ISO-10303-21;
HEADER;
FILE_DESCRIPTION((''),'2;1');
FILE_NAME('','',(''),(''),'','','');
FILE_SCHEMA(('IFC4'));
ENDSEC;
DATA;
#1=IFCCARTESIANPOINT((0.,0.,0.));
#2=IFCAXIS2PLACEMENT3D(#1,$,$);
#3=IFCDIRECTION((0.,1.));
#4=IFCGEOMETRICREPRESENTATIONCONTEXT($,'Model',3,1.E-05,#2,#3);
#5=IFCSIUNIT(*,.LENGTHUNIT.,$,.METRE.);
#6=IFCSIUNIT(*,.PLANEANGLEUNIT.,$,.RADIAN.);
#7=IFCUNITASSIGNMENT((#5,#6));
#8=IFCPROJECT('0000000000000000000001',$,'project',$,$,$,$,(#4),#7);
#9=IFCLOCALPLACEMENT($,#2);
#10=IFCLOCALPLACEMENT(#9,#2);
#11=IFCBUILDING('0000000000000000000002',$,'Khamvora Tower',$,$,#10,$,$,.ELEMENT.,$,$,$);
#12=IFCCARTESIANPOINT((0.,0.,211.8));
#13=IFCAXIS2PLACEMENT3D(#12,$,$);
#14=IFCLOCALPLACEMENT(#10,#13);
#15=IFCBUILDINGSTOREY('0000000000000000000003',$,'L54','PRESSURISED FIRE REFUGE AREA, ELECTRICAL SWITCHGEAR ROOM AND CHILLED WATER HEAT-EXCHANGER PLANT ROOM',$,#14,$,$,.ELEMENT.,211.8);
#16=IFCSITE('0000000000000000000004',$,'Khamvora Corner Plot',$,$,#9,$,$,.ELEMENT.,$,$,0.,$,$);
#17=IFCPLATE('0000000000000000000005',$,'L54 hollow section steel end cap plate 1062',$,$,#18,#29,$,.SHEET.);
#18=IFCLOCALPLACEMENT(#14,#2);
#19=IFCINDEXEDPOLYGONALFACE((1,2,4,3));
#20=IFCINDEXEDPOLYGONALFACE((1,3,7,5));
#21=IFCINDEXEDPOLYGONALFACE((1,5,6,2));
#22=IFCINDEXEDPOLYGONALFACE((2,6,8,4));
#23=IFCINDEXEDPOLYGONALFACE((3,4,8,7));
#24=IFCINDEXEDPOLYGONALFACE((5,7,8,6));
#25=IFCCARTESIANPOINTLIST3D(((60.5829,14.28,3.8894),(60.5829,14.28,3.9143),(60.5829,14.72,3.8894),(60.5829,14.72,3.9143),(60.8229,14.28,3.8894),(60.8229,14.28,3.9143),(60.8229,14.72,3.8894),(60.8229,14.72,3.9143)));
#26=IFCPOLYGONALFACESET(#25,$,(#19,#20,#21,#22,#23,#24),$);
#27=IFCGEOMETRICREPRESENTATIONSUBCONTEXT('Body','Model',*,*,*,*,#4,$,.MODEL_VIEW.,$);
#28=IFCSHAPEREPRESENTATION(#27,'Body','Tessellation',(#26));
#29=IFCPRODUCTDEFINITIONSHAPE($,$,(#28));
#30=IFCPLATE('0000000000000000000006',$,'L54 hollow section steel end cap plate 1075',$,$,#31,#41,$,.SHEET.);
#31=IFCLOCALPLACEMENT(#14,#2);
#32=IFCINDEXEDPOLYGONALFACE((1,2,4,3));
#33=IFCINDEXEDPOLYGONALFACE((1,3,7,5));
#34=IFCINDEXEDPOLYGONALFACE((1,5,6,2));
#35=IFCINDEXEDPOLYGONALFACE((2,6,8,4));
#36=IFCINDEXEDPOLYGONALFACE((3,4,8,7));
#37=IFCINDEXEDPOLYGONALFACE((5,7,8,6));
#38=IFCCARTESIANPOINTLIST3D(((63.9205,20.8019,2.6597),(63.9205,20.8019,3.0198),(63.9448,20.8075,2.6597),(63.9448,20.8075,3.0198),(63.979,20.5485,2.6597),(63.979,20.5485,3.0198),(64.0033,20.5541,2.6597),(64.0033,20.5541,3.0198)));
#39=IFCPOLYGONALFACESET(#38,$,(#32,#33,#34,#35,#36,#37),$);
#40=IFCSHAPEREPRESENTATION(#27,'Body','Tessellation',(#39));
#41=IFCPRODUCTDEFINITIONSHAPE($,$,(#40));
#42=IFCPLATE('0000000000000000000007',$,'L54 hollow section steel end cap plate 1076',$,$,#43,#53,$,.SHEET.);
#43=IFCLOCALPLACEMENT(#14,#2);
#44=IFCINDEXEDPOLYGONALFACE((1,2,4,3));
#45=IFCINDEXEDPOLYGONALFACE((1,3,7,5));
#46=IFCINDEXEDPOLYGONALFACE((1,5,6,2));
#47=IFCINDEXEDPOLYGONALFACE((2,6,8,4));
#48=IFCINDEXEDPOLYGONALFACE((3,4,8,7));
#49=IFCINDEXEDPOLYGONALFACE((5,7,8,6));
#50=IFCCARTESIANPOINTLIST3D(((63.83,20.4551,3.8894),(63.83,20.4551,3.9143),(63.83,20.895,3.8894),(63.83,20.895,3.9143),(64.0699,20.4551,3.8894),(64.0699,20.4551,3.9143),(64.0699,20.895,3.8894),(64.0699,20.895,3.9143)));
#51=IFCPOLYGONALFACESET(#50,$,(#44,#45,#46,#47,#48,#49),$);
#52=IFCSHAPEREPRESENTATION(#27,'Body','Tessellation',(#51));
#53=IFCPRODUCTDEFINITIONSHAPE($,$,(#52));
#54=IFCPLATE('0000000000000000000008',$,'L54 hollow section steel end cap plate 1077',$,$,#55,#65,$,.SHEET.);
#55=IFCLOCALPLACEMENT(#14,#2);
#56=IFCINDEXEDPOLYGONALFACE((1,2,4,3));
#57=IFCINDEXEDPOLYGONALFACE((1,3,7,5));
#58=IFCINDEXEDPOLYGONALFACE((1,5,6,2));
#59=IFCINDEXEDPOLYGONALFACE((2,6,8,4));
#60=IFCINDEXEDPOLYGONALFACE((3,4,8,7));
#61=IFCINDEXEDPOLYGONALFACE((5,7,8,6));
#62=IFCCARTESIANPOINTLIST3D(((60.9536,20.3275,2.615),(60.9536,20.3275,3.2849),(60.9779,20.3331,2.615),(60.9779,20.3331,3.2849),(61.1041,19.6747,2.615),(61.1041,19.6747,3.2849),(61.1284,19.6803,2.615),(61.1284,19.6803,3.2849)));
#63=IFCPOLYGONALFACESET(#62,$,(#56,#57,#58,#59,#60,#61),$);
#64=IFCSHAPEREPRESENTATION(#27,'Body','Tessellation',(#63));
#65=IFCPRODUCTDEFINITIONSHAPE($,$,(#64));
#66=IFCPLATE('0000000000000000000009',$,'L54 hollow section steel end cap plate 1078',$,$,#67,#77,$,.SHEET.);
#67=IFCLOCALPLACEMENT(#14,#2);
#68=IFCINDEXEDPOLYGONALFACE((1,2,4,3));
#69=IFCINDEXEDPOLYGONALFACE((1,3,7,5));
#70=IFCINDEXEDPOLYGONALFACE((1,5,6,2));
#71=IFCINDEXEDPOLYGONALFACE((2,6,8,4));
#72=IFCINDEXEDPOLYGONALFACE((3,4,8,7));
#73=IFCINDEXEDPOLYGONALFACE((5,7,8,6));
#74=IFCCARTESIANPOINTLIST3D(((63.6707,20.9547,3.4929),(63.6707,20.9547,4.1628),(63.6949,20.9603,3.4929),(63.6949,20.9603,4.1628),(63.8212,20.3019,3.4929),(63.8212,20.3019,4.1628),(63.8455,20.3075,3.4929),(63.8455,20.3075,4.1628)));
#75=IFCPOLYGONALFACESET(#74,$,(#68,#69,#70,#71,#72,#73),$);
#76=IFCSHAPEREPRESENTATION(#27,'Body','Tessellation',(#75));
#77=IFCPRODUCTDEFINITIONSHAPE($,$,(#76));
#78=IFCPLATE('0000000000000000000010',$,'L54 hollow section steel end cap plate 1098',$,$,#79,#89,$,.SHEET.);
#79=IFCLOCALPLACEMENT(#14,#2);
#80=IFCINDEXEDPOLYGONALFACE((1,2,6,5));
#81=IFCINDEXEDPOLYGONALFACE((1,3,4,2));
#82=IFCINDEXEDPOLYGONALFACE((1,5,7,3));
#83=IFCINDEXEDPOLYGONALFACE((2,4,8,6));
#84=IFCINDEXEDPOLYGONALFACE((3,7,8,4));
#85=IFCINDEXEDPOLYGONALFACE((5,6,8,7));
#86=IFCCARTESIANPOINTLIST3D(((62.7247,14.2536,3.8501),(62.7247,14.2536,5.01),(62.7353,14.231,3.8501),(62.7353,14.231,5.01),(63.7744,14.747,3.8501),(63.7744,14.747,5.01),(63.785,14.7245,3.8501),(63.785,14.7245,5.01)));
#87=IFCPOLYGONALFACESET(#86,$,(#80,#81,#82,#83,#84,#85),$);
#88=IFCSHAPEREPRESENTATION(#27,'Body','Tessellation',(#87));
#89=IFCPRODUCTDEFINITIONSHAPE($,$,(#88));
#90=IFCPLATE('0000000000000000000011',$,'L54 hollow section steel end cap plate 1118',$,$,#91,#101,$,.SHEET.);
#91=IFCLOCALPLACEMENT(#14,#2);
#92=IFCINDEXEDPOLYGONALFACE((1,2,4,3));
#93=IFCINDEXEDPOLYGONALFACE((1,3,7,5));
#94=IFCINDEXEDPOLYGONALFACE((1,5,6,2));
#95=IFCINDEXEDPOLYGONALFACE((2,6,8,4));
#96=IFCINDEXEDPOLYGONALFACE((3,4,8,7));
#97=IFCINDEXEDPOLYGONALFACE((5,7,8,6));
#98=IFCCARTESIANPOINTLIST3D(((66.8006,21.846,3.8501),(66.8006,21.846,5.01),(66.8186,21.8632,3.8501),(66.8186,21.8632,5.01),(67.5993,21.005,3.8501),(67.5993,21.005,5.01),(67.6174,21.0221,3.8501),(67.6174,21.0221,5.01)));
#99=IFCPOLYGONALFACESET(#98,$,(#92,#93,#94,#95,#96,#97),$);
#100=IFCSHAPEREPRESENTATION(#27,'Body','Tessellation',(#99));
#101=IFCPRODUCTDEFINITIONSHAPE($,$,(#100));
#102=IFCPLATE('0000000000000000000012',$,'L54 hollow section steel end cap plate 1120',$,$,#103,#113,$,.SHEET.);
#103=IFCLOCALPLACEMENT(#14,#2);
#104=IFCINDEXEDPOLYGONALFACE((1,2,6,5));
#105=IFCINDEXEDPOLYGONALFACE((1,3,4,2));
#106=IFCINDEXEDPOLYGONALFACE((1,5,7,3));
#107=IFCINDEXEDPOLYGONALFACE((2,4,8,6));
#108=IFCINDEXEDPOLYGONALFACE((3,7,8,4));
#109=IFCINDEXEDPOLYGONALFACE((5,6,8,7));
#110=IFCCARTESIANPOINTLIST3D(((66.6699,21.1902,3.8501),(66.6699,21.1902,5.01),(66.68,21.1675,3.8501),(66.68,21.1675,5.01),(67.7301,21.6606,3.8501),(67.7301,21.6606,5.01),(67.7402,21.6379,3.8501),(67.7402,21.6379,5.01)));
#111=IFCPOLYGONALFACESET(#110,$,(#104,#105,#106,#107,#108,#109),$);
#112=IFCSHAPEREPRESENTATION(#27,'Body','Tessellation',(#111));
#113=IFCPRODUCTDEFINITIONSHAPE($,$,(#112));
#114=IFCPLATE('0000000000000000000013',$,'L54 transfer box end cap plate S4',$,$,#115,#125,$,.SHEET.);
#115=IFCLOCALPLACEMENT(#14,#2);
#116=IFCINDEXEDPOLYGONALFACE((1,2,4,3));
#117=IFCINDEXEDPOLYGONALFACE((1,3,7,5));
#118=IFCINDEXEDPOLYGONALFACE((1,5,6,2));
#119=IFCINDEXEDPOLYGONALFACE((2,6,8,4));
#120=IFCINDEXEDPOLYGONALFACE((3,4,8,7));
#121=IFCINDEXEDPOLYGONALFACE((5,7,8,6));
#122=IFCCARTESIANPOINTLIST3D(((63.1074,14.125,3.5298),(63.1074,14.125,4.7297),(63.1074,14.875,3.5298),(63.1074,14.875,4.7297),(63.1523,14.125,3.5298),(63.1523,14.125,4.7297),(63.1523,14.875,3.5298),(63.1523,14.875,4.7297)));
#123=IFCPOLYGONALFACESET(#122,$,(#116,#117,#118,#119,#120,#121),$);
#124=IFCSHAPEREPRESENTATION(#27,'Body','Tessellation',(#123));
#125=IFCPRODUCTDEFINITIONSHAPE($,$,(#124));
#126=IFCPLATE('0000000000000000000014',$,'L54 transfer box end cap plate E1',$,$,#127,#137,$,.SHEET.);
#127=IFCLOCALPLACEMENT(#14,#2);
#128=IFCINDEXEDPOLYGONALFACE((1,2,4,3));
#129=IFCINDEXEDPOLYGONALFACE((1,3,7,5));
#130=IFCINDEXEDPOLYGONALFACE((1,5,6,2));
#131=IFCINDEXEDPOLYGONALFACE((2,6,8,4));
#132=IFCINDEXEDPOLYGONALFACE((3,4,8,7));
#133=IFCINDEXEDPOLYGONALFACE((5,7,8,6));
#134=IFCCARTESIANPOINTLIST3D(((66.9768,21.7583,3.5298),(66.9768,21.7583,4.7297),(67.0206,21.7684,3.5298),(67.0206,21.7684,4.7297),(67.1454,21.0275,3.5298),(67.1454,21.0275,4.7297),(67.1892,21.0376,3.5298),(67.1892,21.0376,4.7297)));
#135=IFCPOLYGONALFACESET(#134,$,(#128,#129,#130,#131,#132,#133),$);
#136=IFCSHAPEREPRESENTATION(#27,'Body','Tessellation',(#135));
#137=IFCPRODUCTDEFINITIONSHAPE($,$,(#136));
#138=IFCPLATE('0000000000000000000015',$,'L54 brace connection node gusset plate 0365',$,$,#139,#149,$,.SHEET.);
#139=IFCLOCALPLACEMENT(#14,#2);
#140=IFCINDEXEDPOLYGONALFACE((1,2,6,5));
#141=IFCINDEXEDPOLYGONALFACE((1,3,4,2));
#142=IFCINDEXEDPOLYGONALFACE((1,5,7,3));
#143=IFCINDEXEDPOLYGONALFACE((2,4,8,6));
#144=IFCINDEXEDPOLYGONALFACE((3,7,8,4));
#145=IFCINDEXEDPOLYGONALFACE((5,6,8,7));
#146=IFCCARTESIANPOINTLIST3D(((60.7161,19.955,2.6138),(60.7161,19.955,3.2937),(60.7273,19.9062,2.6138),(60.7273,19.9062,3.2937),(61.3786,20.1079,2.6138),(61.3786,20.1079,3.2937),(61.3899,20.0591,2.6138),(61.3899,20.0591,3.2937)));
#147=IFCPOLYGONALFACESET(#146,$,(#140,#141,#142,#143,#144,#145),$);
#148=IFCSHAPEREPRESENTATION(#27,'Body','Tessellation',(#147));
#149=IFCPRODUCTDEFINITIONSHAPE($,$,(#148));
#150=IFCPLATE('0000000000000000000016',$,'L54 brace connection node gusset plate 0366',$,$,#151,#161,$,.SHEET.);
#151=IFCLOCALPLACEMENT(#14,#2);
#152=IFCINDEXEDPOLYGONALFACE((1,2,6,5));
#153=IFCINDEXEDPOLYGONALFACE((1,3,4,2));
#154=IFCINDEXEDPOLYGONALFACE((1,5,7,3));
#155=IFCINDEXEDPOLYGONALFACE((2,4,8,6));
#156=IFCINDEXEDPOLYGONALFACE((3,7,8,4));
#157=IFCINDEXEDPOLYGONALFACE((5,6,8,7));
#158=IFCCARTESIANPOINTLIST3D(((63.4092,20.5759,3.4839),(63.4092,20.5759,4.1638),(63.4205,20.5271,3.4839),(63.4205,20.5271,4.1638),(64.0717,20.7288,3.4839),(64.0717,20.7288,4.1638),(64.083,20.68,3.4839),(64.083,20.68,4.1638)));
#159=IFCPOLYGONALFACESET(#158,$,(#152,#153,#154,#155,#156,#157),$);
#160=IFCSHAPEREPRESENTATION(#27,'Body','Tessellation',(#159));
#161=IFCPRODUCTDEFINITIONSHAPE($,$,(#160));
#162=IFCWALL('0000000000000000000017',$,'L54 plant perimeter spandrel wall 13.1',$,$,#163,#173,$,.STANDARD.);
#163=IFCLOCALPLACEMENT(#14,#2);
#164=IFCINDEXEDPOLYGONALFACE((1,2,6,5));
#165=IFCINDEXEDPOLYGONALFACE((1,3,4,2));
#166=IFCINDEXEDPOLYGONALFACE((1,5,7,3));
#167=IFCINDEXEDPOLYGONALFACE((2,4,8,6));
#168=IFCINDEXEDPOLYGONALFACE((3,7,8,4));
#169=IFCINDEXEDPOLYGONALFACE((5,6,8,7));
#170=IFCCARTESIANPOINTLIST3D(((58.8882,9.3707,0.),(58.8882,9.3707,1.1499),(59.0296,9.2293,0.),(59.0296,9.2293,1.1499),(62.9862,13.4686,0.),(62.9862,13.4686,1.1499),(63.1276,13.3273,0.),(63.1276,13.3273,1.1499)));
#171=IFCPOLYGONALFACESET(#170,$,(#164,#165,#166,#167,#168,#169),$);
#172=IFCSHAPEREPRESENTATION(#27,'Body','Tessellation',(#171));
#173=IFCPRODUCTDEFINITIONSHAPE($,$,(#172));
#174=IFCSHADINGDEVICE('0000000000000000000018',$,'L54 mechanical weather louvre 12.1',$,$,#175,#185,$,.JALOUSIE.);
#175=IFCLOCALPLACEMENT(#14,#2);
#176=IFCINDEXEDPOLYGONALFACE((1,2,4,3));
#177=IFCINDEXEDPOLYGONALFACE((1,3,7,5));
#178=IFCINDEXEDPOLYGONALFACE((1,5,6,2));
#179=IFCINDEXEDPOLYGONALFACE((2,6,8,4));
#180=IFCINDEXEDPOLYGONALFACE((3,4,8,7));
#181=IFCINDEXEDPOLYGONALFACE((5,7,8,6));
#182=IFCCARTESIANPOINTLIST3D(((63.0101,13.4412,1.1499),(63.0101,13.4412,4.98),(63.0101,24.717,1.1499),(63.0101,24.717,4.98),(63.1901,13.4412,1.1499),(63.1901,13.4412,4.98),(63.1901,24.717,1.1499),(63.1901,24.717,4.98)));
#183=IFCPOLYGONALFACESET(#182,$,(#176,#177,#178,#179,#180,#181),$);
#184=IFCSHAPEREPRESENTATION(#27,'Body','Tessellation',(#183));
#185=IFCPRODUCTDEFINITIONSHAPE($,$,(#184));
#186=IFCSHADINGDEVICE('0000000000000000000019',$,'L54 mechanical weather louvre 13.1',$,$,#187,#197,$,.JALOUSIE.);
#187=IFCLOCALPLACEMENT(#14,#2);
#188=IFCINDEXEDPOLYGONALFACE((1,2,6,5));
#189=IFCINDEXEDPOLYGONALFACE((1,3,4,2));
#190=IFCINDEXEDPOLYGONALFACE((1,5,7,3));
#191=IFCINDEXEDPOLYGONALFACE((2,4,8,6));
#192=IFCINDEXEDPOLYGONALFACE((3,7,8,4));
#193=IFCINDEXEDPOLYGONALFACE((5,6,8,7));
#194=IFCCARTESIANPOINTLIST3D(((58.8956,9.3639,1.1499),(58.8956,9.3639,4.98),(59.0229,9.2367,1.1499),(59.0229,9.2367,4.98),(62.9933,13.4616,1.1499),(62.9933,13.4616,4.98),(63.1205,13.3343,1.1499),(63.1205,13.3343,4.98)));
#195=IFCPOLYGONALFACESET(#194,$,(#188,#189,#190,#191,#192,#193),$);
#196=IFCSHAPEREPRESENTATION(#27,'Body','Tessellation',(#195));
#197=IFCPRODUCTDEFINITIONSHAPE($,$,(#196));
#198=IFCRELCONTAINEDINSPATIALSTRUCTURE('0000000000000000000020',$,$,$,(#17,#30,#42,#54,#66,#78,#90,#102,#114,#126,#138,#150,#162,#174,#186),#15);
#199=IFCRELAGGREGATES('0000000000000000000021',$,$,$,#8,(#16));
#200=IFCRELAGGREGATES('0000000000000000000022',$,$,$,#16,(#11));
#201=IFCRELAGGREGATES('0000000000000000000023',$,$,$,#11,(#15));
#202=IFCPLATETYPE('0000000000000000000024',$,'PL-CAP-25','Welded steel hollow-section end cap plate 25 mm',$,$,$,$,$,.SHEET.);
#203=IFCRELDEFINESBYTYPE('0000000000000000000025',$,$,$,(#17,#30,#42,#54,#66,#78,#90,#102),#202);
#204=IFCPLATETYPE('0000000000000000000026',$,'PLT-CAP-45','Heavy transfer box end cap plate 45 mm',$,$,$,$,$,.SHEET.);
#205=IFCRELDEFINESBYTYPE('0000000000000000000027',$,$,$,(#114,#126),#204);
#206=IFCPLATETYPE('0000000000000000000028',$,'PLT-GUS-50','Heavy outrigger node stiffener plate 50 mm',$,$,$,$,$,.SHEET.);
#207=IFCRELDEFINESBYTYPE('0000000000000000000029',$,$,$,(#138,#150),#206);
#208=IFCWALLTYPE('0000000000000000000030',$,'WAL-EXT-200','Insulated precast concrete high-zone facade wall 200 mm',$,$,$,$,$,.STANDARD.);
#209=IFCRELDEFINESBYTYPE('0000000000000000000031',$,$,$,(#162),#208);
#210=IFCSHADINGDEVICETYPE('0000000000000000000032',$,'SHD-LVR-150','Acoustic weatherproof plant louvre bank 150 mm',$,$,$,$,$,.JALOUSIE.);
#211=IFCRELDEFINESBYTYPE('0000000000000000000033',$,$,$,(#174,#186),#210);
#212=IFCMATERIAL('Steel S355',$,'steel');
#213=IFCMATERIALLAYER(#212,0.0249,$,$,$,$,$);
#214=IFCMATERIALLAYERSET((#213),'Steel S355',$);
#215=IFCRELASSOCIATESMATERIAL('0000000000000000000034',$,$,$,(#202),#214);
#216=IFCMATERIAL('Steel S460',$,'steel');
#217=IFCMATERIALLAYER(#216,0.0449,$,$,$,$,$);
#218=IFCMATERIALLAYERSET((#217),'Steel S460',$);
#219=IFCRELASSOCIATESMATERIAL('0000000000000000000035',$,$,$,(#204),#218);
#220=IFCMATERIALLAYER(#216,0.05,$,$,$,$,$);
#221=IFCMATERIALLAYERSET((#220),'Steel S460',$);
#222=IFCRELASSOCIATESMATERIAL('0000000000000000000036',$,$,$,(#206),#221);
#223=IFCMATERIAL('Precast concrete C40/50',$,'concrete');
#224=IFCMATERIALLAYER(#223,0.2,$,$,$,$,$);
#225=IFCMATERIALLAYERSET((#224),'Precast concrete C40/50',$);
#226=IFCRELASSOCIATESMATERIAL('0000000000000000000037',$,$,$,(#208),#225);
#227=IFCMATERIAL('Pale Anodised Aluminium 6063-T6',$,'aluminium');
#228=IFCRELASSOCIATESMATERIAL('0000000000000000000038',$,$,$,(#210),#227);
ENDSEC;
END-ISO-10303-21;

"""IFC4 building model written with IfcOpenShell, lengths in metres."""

from ifc_helpers import new_model, si_unit, direction, frame, frame_2d, origin, origin_2d, place, context, subcontext, project, spatial, rectangle, extrude, material, layer, layer_set, type_object, element, save


model = new_model("IFC4")

# Units and contexts
model_context = context("Model", 3, precision=1e-05, world=origin(), true_north=direction((0.0, 1.0)))
body_context = subcontext(model_context, "Body", "Model", "MODEL_VIEW")
ifc_project = project(units=[si_unit("LENGTHUNIT", "METRE"), si_unit("PLANEANGLEUNIT", "RADIAN")], contexts=[model_context])

# Site, building, storey
site_placement = place(None, origin())
site = spatial("IfcSite", under=ifc_project, at=site_placement, Name="Khamvora Corner Plot", CompositionType="ELEMENT", RefElevation=0.0)
building_placement = place(site_placement, origin())
building = spatial("IfcBuilding", under=site, at=building_placement, Name="Khamvora Tower", CompositionType="ELEMENT")
storey_placement = place(building_placement, frame((0.0, 0.0, 211.8)))
storey = spatial("IfcBuildingStorey", under=building, at=storey_placement, Name="L54", Description="PRESSURISED FIRE REFUGE AREA, ELECTRICAL SWITCHGEAR ROOM AND CHILLED WATER HEAT-EXCHANGER PLANT ROOM", CompositionType="ELEMENT", Elevation=211.8)

# Shared definitions
ifc_material_1 = material(Name="Steel S355", Category="steel")
ifc_material_2 = material(Name="Steel S460", Category="steel")

# Plates
ifc_layer_1 = layer(ifc_material_1, 0.0249)
ifc_layer_set_1 = layer_set([ifc_layer_1], Name="Steel S355")
plate_type_1 = type_object("IfcPlateType", Name="PL-CAP-25", Description="Welded steel hollow-section end cap plate 25 mm", PredefinedType="SHEET", material=ifc_layer_set_1)
plate_1_placement = place(storey_placement, frame((60.7029, 14.5, 3.8894), z_axis=(0.0, 0.0, 1.0), x_axis=(1.0, 0.0, 0.0)))
element("IfcPlate", 1, at=plate_1_placement, inside=storey, type_object=plate_type_1, Name="L54 hollow section steel end cap plate 1062", PredefinedType="SHEET", context=body_context, shape_type="SweptSolid", body=[
    extrude(rectangle(XDim=0.24, YDim=0.4399, at=origin_2d()), origin(), (0.0, 0.0, 1.0), 0.0249),
])
plate_2_placement = place(storey_placement, frame((63.9619, 20.678, 2.6597), z_axis=(0.0, 0.0, 1.0), x_axis=(0.97439, 0.224866, 0.0)))
element("IfcPlate", 2, at=plate_2_placement, inside=storey, type_object=plate_type_1, Name="L54 hollow section steel end cap plate 1075", PredefinedType="SHEET", context=body_context, shape_type="SweptSolid", body=[
    extrude(rectangle(XDim=0.0249, YDim=0.26, at=origin_2d()), origin(), (0.0, 0.0, 1.0), 0.3601),
])
plate_3_placement = place(storey_placement, frame((63.95, 20.675, 3.8894), z_axis=(0.0, 0.0, 1.0), x_axis=(1.0, 0.0, 0.0)))
element("IfcPlate", 3, at=plate_3_placement, inside=storey, type_object=plate_type_1, Name="L54 hollow section steel end cap plate 1076", PredefinedType="SHEET", context=body_context, shape_type="SweptSolid", body=[
    extrude(rectangle(XDim=0.24, YDim=0.4399, at=origin_2d()), origin(), (0.0, 0.0, 1.0), 0.0249),
])
for number, where, z_axis, x_axis, name in (
    (4, (61.041, 20.0039, 2.615), (0.0, 0.0, 1.0), (0.974429, 0.224696, 0.0), "L54 hollow section steel end cap plate 1077"),
    (5, (63.7581, 20.6311, 3.4929), (0.0, 0.0, 1.0), (0.974429, 0.224696, 0.0), "L54 hollow section steel end cap plate 1078"),
):
    element("IfcPlate", number, at=place(storey_placement, frame(where, z_axis=z_axis, x_axis=x_axis)), inside=storey, type_object=plate_type_1, Name=name, PredefinedType="SHEET", context=body_context, shape_type="SweptSolid", body=[
        extrude(rectangle(XDim=0.0249, YDim=0.6699, at=origin_2d()), origin(), (0.0, 0.0, 1.0), 0.6699),
    ])
for number, where, z_axis, x_axis, name in (
    (6, (63.2549, 14.489, 3.8501), (0.0, 0.0, 1.0), (0.4254, -0.905005, 0.0), "L54 hollow section steel end cap plate 1098"),
    (7, (67.209, 21.4341, 3.8501), (0.0, 0.0, 1.0), (0.725086, 0.688658, 0.0), "L54 hollow section steel end cap plate 1118"),
    (8, (67.2051, 21.4141, 3.8501), (0.0, 0.0, 1.0), (0.405556, -0.91407, 0.0), "L54 hollow section steel end cap plate 1120"),
):
    element("IfcPlate", number, at=place(storey_placement, frame(where, z_axis=z_axis, x_axis=x_axis)), inside=storey, type_object=plate_type_1, Name=name, PredefinedType="SHEET", context=body_context, shape_type="SweptSolid", body=[
        extrude(rectangle(XDim=0.0249, YDim=1.1599, at=origin_2d()), origin(), (0.0, 0.0, 1.0), 1.1599),
    ])
ifc_layer_2 = layer(ifc_material_2, 0.0449)
ifc_layer_set_2 = layer_set([ifc_layer_2], Name="Steel S460")
plate_type_2 = type_object("IfcPlateType", Name="PLT-CAP-45", Description="Heavy transfer box end cap plate 45 mm", PredefinedType="SHEET", material=ifc_layer_set_2)
for number, where, z_axis, x_axis, name in (
    (9, (63.1299, 14.5, 3.5298), (0.0, 0.0, 1.0), (1.0, 0.0, 0.0), "L54 transfer box end cap plate S4"),
    (10, (67.083, 21.3979, 3.5298), (0.0, 0.0, 1.0), (0.974391, 0.22486, 0.0), "L54 transfer box end cap plate E1"),
):
    element("IfcPlate", number, at=place(storey_placement, frame(where, z_axis=z_axis, x_axis=x_axis)), inside=storey, type_object=plate_type_2, Name=name, PredefinedType="SHEET", context=body_context, shape_type="SweptSolid", body=[
        extrude(rectangle(XDim=0.0449, YDim=0.75, at=origin_2d()), origin(), (0.0, 0.0, 1.0), 1.2),
    ])
ifc_layer_3 = layer(ifc_material_2, 0.05)
ifc_layer_set_3 = layer_set([ifc_layer_3], Name="Steel S460")
plate_type_3 = type_object("IfcPlateType", Name="PLT-GUS-50", Description="Heavy outrigger node stiffener plate 50 mm", PredefinedType="SHEET", material=ifc_layer_set_3)
for number, where, z_axis, x_axis, name in (
    (11, (61.053, 20.0071, 2.6138), (0.0, 0.0, 1.0), (0.97439, 0.224866, 0.0), "L54 brace connection node gusset plate 0365"),
    (12, (63.7461, 20.6279, 3.4839), (0.0, 0.0, 1.0), (0.97439, 0.224866, 0.0), "L54 brace connection node gusset plate 0366"),
):
    element("IfcPlate", number, at=place(storey_placement, frame(where, z_axis=z_axis, x_axis=x_axis)), inside=storey, type_object=plate_type_3, Name=name, PredefinedType="SHEET", context=body_context, shape_type="SweptSolid", body=[
        extrude(rectangle(XDim=0.6799, YDim=0.05, at=origin_2d()), origin(), (0.0, 0.0, 1.0), 0.6799),
    ])

# Wall
ifc_material_3 = material(Name="Precast concrete C40/50", Category="concrete")
ifc_layer_4 = layer(ifc_material_3, 0.2)
ifc_layer_set_4 = layer_set([ifc_layer_4], Name="Precast concrete C40/50")
wall_type = type_object("IfcWallType", Name="WAL-EXT-200", Description="Insulated precast concrete high-zone facade wall 200 mm", PredefinedType="STANDARD", material=ifc_layer_set_4)
wall_placement = place(storey_placement, frame((63.0569, 13.3979, 0.0), z_axis=(0.0, 0.0, 1.0), x_axis=(-0.707107, -0.707107, 0.0)))
element("IfcWall", 13, at=wall_placement, inside=storey, type_object=wall_type, Name="L54 plant perimeter spandrel wall 13.1", PredefinedType="STANDARD", context=body_context, shape_type="SweptSolid", body=[
    extrude(rectangle(XDim=5.7954, YDim=0.2, at=frame_2d((2.8977, 0.0))), origin(), (0.0, 0.0, 1.0), 1.1499),
])

# Shading devices
ifc_material_4 = material(Name="Pale Anodised Aluminium 6063-T6", Category="aluminium")
shading_device_type = type_object("IfcShadingDeviceType", Name="SHD-LVR-150", Description="Acoustic weatherproof plant louvre bank 150 mm", PredefinedType="JALOUSIE", material=ifc_material_4)
shading_device_1_placement = place(storey_placement, frame((63.1001, 19.0791, 1.1499), z_axis=(0.0, 0.0, 1.0), x_axis=(0.0, -1.0, 0.0)))
element("IfcShadingDevice", 14, at=shading_device_1_placement, inside=storey, type_object=shading_device_type, Name="L54 mechanical weather louvre 12.1", PredefinedType="JALOUSIE", context=body_context, shape_type="SweptSolid", body=[
    extrude(rectangle(XDim=11.2759, YDim=0.1799, at=origin_2d()), origin(), (0.0, 0.0, 1.0), 3.8301),
])
shading_device_2_placement = place(storey_placement, frame((61.0081, 11.3491, 1.1499), z_axis=(0.0, 0.0, 1.0), x_axis=(-0.707107, -0.707107, 0.0)))
element("IfcShadingDevice", 15, at=shading_device_2_placement, inside=storey, type_object=shading_device_type, Name="L54 mechanical weather louvre 13.1", PredefinedType="JALOUSIE", context=body_context, shape_type="SweptSolid", body=[
    extrude(rectangle(XDim=5.7949, YDim=0.1799, at=origin_2d()), origin(), (0.0, 0.0, 1.0), 3.8301),
])

save(model, "model.ifc")
